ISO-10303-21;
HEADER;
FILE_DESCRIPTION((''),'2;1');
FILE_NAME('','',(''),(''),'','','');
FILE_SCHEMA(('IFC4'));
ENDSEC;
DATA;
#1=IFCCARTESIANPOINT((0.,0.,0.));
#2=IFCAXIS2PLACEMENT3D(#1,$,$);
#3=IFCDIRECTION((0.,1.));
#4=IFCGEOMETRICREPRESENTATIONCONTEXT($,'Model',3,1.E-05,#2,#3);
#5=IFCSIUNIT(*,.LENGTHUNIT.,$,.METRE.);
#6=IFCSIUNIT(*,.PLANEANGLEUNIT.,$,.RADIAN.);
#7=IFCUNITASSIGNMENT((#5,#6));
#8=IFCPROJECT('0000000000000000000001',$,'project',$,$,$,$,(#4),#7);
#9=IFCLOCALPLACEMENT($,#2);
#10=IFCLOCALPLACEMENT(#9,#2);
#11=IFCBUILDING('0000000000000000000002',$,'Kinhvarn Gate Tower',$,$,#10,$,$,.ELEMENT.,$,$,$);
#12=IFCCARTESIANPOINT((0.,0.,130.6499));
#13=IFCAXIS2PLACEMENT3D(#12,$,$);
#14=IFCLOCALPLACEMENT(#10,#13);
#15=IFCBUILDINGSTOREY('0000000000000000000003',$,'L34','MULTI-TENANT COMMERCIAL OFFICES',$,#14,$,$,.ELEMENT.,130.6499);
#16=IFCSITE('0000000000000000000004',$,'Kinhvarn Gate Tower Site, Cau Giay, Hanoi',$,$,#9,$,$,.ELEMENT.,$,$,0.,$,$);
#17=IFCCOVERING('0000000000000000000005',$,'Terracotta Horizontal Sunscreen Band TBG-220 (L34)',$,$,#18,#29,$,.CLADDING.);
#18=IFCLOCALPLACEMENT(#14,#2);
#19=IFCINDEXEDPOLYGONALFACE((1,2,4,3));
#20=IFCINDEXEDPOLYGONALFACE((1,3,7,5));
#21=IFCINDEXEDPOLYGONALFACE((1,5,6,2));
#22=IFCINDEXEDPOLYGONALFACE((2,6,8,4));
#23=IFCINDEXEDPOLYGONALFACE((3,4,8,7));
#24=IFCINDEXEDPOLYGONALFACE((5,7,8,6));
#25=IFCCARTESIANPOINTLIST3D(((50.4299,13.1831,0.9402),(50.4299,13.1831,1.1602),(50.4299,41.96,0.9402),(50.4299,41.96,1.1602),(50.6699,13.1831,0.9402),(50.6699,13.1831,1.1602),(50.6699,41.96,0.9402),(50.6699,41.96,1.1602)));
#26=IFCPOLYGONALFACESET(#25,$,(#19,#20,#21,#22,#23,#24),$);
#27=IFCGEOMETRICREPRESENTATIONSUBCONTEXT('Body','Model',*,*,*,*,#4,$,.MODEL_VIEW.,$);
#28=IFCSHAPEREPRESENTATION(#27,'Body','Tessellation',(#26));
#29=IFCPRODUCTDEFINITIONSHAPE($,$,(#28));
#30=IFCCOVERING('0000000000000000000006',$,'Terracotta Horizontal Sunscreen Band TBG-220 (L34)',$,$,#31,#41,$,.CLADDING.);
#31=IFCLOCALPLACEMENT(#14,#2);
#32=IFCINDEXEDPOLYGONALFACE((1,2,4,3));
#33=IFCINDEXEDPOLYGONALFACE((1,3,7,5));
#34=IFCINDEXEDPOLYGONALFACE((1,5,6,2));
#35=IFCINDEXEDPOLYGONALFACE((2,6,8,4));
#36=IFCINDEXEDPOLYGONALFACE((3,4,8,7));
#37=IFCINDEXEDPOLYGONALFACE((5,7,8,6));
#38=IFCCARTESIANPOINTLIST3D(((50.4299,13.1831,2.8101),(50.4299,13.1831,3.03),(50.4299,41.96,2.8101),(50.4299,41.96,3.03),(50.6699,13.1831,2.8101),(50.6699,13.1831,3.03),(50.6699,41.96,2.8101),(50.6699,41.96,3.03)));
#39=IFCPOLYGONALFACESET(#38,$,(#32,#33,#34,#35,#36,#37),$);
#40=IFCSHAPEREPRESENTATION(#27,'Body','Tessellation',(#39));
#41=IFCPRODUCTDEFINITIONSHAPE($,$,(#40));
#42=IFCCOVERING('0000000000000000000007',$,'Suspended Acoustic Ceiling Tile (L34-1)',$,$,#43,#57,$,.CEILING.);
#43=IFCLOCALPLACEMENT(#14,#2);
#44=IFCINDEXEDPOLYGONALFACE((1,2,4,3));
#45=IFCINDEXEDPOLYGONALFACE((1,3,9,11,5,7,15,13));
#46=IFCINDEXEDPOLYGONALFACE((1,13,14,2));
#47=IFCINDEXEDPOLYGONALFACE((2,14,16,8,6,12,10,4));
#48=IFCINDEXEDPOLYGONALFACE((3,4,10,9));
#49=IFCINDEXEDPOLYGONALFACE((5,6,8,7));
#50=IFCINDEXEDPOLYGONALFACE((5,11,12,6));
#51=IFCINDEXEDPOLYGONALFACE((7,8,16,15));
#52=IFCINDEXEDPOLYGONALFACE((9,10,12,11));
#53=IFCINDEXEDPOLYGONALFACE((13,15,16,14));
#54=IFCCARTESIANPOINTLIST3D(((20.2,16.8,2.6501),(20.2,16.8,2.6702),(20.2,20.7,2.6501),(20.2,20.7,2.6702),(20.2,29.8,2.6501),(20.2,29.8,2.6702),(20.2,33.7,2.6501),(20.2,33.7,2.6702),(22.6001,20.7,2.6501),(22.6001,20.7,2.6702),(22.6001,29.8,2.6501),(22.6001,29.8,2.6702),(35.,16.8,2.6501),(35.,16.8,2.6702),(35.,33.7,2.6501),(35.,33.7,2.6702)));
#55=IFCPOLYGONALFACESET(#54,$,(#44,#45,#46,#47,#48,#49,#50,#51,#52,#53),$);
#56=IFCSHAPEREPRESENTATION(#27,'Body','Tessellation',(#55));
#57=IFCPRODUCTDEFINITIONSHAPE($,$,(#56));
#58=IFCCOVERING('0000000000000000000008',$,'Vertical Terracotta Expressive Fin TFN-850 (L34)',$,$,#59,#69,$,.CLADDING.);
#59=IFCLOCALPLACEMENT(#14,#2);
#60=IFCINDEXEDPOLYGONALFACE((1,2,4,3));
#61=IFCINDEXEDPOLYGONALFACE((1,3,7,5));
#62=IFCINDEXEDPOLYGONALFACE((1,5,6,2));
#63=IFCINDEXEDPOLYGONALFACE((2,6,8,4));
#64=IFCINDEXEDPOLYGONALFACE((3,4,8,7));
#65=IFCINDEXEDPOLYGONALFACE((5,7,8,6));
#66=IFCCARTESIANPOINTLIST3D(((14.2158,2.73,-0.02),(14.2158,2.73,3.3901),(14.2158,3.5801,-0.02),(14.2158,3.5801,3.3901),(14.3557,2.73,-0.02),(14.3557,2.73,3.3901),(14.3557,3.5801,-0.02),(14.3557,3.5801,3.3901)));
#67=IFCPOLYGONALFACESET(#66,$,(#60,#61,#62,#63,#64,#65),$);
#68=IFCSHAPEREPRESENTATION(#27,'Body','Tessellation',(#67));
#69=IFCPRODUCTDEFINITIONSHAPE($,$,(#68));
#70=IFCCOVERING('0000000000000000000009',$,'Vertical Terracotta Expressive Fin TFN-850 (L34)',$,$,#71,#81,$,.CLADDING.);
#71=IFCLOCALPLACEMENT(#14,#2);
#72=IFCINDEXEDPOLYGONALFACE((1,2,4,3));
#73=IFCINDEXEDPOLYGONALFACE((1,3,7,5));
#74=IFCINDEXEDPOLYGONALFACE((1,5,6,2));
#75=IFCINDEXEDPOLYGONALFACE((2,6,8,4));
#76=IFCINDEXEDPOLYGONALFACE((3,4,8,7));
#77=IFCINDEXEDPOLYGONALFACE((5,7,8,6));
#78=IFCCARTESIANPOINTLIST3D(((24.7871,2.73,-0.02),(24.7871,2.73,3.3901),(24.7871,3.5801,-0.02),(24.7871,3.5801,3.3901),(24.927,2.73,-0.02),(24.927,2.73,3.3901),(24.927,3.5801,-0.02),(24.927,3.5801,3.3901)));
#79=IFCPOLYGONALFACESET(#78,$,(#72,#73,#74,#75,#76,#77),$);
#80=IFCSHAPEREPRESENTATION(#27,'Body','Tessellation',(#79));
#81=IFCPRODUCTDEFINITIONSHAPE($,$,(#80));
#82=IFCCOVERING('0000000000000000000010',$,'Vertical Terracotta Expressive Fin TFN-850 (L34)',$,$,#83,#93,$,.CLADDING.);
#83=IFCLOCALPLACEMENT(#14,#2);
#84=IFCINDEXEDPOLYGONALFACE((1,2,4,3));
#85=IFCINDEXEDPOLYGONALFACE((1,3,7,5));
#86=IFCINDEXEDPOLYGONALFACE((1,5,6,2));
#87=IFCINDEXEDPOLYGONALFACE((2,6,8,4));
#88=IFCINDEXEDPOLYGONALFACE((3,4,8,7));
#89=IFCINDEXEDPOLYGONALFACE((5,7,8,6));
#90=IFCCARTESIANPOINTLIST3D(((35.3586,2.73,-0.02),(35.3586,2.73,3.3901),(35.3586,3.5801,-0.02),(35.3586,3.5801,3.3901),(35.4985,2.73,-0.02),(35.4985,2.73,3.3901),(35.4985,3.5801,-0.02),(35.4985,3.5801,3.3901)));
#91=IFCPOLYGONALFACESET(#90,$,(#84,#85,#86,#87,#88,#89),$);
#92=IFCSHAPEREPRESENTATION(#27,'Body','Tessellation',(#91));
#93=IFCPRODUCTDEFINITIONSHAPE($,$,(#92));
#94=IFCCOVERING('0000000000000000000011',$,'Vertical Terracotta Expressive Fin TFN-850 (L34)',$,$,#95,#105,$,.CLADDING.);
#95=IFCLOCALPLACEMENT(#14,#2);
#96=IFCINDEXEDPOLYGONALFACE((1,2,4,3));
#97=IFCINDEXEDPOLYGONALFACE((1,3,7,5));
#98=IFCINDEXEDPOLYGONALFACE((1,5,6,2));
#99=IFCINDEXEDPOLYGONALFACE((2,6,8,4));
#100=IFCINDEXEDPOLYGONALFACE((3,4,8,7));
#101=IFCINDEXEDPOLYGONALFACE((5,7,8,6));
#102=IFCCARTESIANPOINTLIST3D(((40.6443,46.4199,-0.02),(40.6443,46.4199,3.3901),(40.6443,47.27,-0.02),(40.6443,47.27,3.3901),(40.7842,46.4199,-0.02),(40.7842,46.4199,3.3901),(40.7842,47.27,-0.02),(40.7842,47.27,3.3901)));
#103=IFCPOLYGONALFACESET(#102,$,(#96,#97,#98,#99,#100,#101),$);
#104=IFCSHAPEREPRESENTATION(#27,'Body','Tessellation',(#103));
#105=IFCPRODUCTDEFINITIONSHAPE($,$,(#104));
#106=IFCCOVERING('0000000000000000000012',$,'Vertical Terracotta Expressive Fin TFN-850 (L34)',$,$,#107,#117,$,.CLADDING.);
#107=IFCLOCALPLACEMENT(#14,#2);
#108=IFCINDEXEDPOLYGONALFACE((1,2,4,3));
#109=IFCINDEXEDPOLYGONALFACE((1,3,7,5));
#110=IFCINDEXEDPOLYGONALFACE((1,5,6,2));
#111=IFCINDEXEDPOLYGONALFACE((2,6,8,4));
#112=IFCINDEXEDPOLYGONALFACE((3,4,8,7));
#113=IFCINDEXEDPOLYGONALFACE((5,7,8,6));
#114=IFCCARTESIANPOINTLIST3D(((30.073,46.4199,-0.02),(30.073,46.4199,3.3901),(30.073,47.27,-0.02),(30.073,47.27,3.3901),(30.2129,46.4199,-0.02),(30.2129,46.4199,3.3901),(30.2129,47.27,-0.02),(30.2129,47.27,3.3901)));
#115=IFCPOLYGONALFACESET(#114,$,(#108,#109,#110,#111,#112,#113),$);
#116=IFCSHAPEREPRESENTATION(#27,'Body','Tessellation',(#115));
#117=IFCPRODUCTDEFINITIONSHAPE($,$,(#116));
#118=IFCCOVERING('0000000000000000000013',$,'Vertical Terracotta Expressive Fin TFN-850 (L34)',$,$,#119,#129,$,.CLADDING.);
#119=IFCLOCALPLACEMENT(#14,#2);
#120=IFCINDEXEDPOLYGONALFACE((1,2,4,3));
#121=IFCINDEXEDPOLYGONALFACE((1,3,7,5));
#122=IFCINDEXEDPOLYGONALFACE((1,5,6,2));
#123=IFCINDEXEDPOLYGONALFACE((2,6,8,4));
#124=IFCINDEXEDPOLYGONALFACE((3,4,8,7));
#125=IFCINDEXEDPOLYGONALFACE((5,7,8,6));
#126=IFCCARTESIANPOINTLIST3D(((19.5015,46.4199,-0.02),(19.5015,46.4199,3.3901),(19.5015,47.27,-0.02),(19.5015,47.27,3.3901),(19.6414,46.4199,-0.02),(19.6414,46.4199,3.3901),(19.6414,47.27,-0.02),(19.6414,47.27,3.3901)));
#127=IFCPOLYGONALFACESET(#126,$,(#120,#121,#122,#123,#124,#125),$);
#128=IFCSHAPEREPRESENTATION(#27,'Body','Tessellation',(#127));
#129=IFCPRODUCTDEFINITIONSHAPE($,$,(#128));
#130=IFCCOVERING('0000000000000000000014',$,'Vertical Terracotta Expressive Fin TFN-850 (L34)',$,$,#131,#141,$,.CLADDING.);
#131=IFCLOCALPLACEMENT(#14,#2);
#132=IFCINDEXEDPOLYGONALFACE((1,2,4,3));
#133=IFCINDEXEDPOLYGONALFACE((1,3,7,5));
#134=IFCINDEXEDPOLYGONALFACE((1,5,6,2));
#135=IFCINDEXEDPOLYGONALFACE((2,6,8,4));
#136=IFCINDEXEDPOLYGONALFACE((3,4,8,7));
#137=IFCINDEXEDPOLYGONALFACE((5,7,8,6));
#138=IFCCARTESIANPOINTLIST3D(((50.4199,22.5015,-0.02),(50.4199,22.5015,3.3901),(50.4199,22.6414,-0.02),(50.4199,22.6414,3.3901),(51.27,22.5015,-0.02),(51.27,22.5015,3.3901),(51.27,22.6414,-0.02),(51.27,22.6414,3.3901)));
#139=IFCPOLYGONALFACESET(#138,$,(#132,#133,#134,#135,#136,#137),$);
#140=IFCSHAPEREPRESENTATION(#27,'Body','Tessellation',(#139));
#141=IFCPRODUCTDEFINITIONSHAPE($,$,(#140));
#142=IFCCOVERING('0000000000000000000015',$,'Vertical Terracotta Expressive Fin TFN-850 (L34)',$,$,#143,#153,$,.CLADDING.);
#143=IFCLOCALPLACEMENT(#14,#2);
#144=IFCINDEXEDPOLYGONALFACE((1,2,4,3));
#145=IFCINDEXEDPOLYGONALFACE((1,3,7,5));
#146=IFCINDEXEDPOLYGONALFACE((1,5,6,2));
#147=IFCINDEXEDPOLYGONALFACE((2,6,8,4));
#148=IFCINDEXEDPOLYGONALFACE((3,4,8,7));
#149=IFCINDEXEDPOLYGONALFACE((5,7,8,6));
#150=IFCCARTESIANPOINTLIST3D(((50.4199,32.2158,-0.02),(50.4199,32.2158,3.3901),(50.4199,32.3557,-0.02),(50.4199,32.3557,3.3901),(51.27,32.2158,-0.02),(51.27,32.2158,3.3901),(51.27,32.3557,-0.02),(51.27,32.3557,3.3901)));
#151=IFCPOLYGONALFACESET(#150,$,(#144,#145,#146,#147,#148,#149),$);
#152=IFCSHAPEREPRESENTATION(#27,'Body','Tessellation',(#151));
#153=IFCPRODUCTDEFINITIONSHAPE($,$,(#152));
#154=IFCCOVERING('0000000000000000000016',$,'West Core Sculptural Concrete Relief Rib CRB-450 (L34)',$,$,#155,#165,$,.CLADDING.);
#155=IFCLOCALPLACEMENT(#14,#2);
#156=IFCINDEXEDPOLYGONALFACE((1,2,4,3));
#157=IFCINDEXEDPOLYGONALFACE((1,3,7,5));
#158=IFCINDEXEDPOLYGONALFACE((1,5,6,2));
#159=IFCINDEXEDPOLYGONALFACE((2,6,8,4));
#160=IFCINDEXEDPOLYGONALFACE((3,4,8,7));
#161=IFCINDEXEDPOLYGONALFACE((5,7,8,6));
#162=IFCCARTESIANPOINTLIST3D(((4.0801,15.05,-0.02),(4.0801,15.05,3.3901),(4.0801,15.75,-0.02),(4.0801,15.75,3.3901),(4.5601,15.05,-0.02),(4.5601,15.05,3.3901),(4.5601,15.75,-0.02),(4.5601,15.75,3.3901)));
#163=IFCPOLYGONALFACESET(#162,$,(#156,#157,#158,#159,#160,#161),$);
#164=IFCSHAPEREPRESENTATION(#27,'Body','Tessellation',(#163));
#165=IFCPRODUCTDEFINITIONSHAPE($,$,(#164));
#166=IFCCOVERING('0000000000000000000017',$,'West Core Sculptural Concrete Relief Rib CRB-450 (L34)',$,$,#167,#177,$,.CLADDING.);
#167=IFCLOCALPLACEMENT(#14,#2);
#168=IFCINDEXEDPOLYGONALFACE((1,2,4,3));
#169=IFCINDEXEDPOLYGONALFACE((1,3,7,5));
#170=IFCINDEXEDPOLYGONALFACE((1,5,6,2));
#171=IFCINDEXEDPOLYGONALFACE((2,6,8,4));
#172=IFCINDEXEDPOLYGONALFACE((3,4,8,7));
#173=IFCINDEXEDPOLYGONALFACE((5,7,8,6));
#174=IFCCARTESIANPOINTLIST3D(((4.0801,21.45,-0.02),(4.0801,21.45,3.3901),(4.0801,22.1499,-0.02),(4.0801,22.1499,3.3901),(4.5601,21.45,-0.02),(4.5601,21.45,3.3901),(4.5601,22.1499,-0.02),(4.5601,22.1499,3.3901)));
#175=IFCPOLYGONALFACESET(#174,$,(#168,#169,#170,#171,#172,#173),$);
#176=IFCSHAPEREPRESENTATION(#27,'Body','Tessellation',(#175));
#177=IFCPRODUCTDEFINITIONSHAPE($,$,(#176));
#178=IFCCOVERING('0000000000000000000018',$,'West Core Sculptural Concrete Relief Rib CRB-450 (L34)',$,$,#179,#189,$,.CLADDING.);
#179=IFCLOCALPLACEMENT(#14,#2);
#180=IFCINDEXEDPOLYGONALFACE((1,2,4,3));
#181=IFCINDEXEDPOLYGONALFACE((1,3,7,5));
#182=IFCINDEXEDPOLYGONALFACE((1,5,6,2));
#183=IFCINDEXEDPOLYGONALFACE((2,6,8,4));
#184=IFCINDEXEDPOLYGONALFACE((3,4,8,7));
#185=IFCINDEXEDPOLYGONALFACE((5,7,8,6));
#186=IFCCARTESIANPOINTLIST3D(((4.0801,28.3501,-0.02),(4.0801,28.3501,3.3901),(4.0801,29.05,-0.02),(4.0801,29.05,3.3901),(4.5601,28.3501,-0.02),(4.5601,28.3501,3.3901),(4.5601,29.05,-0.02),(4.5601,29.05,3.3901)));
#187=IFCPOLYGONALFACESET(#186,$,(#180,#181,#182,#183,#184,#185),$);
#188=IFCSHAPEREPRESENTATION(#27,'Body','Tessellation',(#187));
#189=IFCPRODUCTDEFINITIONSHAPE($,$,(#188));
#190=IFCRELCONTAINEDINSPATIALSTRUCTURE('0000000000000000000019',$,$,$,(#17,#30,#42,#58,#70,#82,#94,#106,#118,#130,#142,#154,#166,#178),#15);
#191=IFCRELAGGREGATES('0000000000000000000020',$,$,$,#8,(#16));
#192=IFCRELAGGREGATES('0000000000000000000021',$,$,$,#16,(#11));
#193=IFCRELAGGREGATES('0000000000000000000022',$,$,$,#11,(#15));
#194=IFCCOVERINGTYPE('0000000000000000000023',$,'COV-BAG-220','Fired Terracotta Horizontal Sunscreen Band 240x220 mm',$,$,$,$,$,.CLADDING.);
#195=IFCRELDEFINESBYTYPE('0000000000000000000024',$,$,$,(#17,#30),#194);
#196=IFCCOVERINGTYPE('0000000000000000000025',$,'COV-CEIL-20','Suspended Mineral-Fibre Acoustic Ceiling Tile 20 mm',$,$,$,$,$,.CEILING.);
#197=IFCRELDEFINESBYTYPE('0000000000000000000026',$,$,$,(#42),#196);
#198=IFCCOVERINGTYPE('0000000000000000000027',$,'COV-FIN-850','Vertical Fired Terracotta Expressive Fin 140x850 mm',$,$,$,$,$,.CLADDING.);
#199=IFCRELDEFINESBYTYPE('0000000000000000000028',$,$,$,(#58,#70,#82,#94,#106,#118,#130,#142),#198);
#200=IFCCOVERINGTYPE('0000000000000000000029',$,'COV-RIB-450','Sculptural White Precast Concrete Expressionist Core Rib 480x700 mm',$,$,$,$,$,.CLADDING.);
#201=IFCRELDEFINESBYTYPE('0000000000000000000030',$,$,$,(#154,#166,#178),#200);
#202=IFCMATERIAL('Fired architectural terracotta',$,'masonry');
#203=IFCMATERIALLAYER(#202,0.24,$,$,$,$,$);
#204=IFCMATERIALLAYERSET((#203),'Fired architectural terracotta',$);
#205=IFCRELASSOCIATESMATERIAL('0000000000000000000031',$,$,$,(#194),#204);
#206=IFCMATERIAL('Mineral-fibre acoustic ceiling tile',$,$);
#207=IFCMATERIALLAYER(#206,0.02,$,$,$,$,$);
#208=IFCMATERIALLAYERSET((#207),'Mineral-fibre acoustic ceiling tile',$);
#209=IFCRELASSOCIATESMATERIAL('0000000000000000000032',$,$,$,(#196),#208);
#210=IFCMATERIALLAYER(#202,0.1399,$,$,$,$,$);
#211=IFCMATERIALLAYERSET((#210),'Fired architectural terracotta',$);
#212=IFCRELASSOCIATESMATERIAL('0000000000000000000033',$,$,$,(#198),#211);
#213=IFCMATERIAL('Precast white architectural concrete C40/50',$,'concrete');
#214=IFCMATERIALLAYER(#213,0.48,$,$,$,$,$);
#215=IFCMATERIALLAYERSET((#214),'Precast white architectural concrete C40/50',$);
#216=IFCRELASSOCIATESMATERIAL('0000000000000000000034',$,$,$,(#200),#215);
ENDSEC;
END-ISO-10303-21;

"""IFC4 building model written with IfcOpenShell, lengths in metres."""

from ifc_helpers import new_model, si_unit, direction, frame, origin, place, context, subcontext, project, spatial, polyline, outline, extrude, material, layer, layer_set, type_object, element, save


model = new_model("IFC4")

# Units and contexts
model_context = context("Model", 3, precision=1e-05, world=origin(), true_north=direction((0.0, 1.0)))
body_context = subcontext(model_context, "Body", "Model", "MODEL_VIEW")
ifc_project = project(units=[si_unit("LENGTHUNIT", "METRE"), si_unit("PLANEANGLEUNIT", "RADIAN")], contexts=[model_context])

# Site, building, storey
site_placement = place(None, origin())
site = spatial("IfcSite", under=ifc_project, at=site_placement, Name="Kinhvarn Gate Tower Site, Cau Giay, Hanoi", CompositionType="ELEMENT", RefElevation=0.0)
building_placement = place(site_placement, origin())
building = spatial("IfcBuilding", under=site, at=building_placement, Name="Kinhvarn Gate Tower", CompositionType="ELEMENT")
storey_placement = place(building_placement, frame((0.0, 0.0, 130.6499)))
storey = spatial("IfcBuildingStorey", under=building, at=storey_placement, Name="L34", Description="MULTI-TENANT COMMERCIAL OFFICES", CompositionType="ELEMENT", Elevation=130.6499)

# Shared definitions
ifc_material_1 = material(Name="Precast white architectural concrete C40/50", Category="concrete")

# Coverings
ifc_material_2 = material(Name="Fired architectural terracotta", Category="masonry")
ifc_layer_1 = layer(ifc_material_2, 0.24)
ifc_layer_set_1 = layer_set([ifc_layer_1], Name="Fired architectural terracotta")
covering_type_1 = type_object("IfcCoveringType", Name="COV-BAG-220", Description="Fired Terracotta Horizontal Sunscreen Band 240x220 mm", PredefinedType="CLADDING", material=ifc_layer_set_1)
for number, where, name in (
    (1, (0.0, 0.0, 0.9402), "Terracotta Horizontal Sunscreen Band TBG-220 (L34)"),
    (2, (0.0, 0.0, 2.8101), "Terracotta Horizontal Sunscreen Band TBG-220 (L34)"),
):
    element("IfcCovering", number, at=place(storey_placement, frame(where)), inside=storey, type_object=covering_type_1, Name=name, PredefinedType="CLADDING", context=body_context, shape_type="SweptSolid", body=[
        extrude(outline(polyline([(50.4299, 13.1831), (50.4299, 41.96), (50.6699, 41.96), (50.6699, 13.1831), (50.4299, 13.1831)])), origin(), (0.0, 0.0, 1.0), 0.22),
    ])
ifc_material_3 = material(Name="Mineral-fibre acoustic ceiling tile")
ifc_layer_2 = layer(ifc_material_3, 0.02)
ifc_layer_set_2 = layer_set([ifc_layer_2], Name="Mineral-fibre acoustic ceiling tile")
covering_type_2 = type_object("IfcCoveringType", Name="COV-CEIL-20", Description="Suspended Mineral-Fibre Acoustic Ceiling Tile 20 mm", PredefinedType="CEILING", material=ifc_layer_set_2)
covering_1_placement = place(storey_placement, frame((0.0, 0.0, 2.6501)))
element("IfcCovering", 3, at=covering_1_placement, inside=storey, type_object=covering_type_2, Name="Suspended Acoustic Ceiling Tile (L34-1)", PredefinedType="CEILING", context=body_context, shape_type="SweptSolid", body=[
    extrude(outline(polyline([(35.0, 33.7), (35.0, 16.8), (20.2, 16.8), (20.2, 20.7), (22.6001, 20.7), (22.6001, 29.8), (20.2, 29.8), (20.2, 33.7), (35.0, 33.7)])), origin(), (0.0, 0.0, 1.0), 0.02),
])
ifc_layer_3 = layer(ifc_material_2, 0.1399)
ifc_layer_set_3 = layer_set([ifc_layer_3], Name="Fired architectural terracotta")
covering_type_3 = type_object("IfcCoveringType", Name="COV-FIN-850", Description="Vertical Fired Terracotta Expressive Fin 140x850 mm", PredefinedType="CLADDING", material=ifc_layer_set_3)
covering_2_placement = place(storey_placement, frame((0.0, 0.0, -0.02)))
element("IfcCovering", 4, at=covering_2_placement, inside=storey, type_object=covering_type_3, Name="Vertical Terracotta Expressive Fin TFN-850 (L34)", PredefinedType="CLADDING", context=body_context, shape_type="SweptSolid", body=[
    extrude(outline(polyline([(14.2158, 3.5801), (14.3557, 3.5801), (14.3557, 2.73), (14.2158, 2.73), (14.2158, 3.5801)])), origin(), (0.0, 0.0, 1.0), 3.4102),
])
covering_3_placement = place(storey_placement, frame((0.0, 0.0, -0.02)))
element("IfcCovering", 5, at=covering_3_placement, inside=storey, type_object=covering_type_3, Name="Vertical Terracotta Expressive Fin TFN-850 (L34)", PredefinedType="CLADDING", context=body_context, shape_type="SweptSolid", body=[
    extrude(outline(polyline([(24.7871, 3.5801), (24.927, 3.5801), (24.927, 2.73), (24.7871, 2.73), (24.7871, 3.5801)])), origin(), (0.0, 0.0, 1.0), 3.4102),
])
covering_4_placement = place(storey_placement, frame((0.0, 0.0, -0.02)))
element("IfcCovering", 6, at=covering_4_placement, inside=storey, type_object=covering_type_3, Name="Vertical Terracotta Expressive Fin TFN-850 (L34)", PredefinedType="CLADDING", context=body_context, shape_type="SweptSolid", body=[
    extrude(outline(polyline([(35.3586, 3.5801), (35.4985, 3.5801), (35.4985, 2.73), (35.3586, 2.73), (35.3586, 3.5801)])), origin(), (0.0, 0.0, 1.0), 3.4102),
])
covering_5_placement = place(storey_placement, frame((0.0, 0.0, -0.02)))
element("IfcCovering", 7, at=covering_5_placement, inside=storey, type_object=covering_type_3, Name="Vertical Terracotta Expressive Fin TFN-850 (L34)", PredefinedType="CLADDING", context=body_context, shape_type="SweptSolid", body=[
    extrude(outline(polyline([(40.7842, 46.4199), (40.6443, 46.4199), (40.6443, 47.27), (40.7842, 47.27), (40.7842, 46.4199)])), origin(), (0.0, 0.0, 1.0), 3.4102),
])
covering_6_placement = place(storey_placement, frame((0.0, 0.0, -0.02)))
element("IfcCovering", 8, at=covering_6_placement, inside=storey, type_object=covering_type_3, Name="Vertical Terracotta Expressive Fin TFN-850 (L34)", PredefinedType="CLADDING", context=body_context, shape_type="SweptSolid", body=[
    extrude(outline(polyline([(30.2129, 46.4199), (30.073, 46.4199), (30.073, 47.27), (30.2129, 47.27), (30.2129, 46.4199)])), origin(), (0.0, 0.0, 1.0), 3.4102),
])
covering_7_placement = place(storey_placement, frame((0.0, 0.0, -0.02)))
element("IfcCovering", 9, at=covering_7_placement, inside=storey, type_object=covering_type_3, Name="Vertical Terracotta Expressive Fin TFN-850 (L34)", PredefinedType="CLADDING", context=body_context, shape_type="SweptSolid", body=[
    extrude(outline(polyline([(19.6414, 46.4199), (19.5015, 46.4199), (19.5015, 47.27), (19.6414, 47.27), (19.6414, 46.4199)])), origin(), (0.0, 0.0, 1.0), 3.4102),
])
covering_8_placement = place(storey_placement, frame((0.0, 0.0, -0.02)))
element("IfcCovering", 10, at=covering_8_placement, inside=storey, type_object=covering_type_3, Name="Vertical Terracotta Expressive Fin TFN-850 (L34)", PredefinedType="CLADDING", context=body_context, shape_type="SweptSolid", body=[
    extrude(outline(polyline([(50.4199, 22.5015), (50.4199, 22.6414), (51.27, 22.6414), (51.27, 22.5015), (50.4199, 22.5015)])), origin(), (0.0, 0.0, 1.0), 3.4102),
])
covering_9_placement = place(storey_placement, frame((0.0, 0.0, -0.02)))
element("IfcCovering", 11, at=covering_9_placement, inside=storey, type_object=covering_type_3, Name="Vertical Terracotta Expressive Fin TFN-850 (L34)", PredefinedType="CLADDING", context=body_context, shape_type="SweptSolid", body=[
    extrude(outline(polyline([(50.4199, 32.2158), (50.4199, 32.3557), (51.27, 32.3557), (51.27, 32.2158), (50.4199, 32.2158)])), origin(), (0.0, 0.0, 1.0), 3.4102),
])
ifc_layer_4 = layer(ifc_material_1, 0.48)
ifc_layer_set_4 = layer_set([ifc_layer_4], Name="Precast white architectural concrete C40/50")
covering_type_4 = type_object("IfcCoveringType", Name="COV-RIB-450", Description="Sculptural White Precast Concrete Expressionist Core Rib 480x700 mm", PredefinedType="CLADDING", material=ifc_layer_set_4)
covering_10_placement = place(storey_placement, frame((0.0, 0.0, -0.02)))
element("IfcCovering", 12, at=covering_10_placement, inside=storey, type_object=covering_type_4, Name="West Core Sculptural Concrete Relief Rib CRB-450 (L34)", PredefinedType="CLADDING", context=body_context, shape_type="SweptSolid", body=[
    extrude(outline(polyline([(4.0801, 15.05), (4.5601, 15.05), (4.5601, 15.75), (4.0801, 15.75), (4.0801, 15.05)])), origin(), (0.0, 0.0, 1.0), 3.4102),
])
covering_11_placement = place(storey_placement, frame((0.0, 0.0, -0.02)))
element("IfcCovering", 13, at=covering_11_placement, inside=storey, type_object=covering_type_4, Name="West Core Sculptural Concrete Relief Rib CRB-450 (L34)", PredefinedType="CLADDING", context=body_context, shape_type="SweptSolid", body=[
    extrude(outline(polyline([(4.0801, 21.45), (4.5601, 21.45), (4.5601, 22.1499), (4.0801, 22.1499), (4.0801, 21.45)])), origin(), (0.0, 0.0, 1.0), 3.4102),
])
covering_12_placement = place(storey_placement, frame((0.0, 0.0, -0.02)))
element("IfcCovering", 14, at=covering_12_placement, inside=storey, type_object=covering_type_4, Name="West Core Sculptural Concrete Relief Rib CRB-450 (L34)", PredefinedType="CLADDING", context=body_context, shape_type="SweptSolid", body=[
    extrude(outline(polyline([(4.0801, 28.3501), (4.5601, 28.3501), (4.5601, 29.05), (4.0801, 29.05), (4.0801, 28.3501)])), origin(), (0.0, 0.0, 1.0), 3.4102),
])

save(model, "model.ifc")
